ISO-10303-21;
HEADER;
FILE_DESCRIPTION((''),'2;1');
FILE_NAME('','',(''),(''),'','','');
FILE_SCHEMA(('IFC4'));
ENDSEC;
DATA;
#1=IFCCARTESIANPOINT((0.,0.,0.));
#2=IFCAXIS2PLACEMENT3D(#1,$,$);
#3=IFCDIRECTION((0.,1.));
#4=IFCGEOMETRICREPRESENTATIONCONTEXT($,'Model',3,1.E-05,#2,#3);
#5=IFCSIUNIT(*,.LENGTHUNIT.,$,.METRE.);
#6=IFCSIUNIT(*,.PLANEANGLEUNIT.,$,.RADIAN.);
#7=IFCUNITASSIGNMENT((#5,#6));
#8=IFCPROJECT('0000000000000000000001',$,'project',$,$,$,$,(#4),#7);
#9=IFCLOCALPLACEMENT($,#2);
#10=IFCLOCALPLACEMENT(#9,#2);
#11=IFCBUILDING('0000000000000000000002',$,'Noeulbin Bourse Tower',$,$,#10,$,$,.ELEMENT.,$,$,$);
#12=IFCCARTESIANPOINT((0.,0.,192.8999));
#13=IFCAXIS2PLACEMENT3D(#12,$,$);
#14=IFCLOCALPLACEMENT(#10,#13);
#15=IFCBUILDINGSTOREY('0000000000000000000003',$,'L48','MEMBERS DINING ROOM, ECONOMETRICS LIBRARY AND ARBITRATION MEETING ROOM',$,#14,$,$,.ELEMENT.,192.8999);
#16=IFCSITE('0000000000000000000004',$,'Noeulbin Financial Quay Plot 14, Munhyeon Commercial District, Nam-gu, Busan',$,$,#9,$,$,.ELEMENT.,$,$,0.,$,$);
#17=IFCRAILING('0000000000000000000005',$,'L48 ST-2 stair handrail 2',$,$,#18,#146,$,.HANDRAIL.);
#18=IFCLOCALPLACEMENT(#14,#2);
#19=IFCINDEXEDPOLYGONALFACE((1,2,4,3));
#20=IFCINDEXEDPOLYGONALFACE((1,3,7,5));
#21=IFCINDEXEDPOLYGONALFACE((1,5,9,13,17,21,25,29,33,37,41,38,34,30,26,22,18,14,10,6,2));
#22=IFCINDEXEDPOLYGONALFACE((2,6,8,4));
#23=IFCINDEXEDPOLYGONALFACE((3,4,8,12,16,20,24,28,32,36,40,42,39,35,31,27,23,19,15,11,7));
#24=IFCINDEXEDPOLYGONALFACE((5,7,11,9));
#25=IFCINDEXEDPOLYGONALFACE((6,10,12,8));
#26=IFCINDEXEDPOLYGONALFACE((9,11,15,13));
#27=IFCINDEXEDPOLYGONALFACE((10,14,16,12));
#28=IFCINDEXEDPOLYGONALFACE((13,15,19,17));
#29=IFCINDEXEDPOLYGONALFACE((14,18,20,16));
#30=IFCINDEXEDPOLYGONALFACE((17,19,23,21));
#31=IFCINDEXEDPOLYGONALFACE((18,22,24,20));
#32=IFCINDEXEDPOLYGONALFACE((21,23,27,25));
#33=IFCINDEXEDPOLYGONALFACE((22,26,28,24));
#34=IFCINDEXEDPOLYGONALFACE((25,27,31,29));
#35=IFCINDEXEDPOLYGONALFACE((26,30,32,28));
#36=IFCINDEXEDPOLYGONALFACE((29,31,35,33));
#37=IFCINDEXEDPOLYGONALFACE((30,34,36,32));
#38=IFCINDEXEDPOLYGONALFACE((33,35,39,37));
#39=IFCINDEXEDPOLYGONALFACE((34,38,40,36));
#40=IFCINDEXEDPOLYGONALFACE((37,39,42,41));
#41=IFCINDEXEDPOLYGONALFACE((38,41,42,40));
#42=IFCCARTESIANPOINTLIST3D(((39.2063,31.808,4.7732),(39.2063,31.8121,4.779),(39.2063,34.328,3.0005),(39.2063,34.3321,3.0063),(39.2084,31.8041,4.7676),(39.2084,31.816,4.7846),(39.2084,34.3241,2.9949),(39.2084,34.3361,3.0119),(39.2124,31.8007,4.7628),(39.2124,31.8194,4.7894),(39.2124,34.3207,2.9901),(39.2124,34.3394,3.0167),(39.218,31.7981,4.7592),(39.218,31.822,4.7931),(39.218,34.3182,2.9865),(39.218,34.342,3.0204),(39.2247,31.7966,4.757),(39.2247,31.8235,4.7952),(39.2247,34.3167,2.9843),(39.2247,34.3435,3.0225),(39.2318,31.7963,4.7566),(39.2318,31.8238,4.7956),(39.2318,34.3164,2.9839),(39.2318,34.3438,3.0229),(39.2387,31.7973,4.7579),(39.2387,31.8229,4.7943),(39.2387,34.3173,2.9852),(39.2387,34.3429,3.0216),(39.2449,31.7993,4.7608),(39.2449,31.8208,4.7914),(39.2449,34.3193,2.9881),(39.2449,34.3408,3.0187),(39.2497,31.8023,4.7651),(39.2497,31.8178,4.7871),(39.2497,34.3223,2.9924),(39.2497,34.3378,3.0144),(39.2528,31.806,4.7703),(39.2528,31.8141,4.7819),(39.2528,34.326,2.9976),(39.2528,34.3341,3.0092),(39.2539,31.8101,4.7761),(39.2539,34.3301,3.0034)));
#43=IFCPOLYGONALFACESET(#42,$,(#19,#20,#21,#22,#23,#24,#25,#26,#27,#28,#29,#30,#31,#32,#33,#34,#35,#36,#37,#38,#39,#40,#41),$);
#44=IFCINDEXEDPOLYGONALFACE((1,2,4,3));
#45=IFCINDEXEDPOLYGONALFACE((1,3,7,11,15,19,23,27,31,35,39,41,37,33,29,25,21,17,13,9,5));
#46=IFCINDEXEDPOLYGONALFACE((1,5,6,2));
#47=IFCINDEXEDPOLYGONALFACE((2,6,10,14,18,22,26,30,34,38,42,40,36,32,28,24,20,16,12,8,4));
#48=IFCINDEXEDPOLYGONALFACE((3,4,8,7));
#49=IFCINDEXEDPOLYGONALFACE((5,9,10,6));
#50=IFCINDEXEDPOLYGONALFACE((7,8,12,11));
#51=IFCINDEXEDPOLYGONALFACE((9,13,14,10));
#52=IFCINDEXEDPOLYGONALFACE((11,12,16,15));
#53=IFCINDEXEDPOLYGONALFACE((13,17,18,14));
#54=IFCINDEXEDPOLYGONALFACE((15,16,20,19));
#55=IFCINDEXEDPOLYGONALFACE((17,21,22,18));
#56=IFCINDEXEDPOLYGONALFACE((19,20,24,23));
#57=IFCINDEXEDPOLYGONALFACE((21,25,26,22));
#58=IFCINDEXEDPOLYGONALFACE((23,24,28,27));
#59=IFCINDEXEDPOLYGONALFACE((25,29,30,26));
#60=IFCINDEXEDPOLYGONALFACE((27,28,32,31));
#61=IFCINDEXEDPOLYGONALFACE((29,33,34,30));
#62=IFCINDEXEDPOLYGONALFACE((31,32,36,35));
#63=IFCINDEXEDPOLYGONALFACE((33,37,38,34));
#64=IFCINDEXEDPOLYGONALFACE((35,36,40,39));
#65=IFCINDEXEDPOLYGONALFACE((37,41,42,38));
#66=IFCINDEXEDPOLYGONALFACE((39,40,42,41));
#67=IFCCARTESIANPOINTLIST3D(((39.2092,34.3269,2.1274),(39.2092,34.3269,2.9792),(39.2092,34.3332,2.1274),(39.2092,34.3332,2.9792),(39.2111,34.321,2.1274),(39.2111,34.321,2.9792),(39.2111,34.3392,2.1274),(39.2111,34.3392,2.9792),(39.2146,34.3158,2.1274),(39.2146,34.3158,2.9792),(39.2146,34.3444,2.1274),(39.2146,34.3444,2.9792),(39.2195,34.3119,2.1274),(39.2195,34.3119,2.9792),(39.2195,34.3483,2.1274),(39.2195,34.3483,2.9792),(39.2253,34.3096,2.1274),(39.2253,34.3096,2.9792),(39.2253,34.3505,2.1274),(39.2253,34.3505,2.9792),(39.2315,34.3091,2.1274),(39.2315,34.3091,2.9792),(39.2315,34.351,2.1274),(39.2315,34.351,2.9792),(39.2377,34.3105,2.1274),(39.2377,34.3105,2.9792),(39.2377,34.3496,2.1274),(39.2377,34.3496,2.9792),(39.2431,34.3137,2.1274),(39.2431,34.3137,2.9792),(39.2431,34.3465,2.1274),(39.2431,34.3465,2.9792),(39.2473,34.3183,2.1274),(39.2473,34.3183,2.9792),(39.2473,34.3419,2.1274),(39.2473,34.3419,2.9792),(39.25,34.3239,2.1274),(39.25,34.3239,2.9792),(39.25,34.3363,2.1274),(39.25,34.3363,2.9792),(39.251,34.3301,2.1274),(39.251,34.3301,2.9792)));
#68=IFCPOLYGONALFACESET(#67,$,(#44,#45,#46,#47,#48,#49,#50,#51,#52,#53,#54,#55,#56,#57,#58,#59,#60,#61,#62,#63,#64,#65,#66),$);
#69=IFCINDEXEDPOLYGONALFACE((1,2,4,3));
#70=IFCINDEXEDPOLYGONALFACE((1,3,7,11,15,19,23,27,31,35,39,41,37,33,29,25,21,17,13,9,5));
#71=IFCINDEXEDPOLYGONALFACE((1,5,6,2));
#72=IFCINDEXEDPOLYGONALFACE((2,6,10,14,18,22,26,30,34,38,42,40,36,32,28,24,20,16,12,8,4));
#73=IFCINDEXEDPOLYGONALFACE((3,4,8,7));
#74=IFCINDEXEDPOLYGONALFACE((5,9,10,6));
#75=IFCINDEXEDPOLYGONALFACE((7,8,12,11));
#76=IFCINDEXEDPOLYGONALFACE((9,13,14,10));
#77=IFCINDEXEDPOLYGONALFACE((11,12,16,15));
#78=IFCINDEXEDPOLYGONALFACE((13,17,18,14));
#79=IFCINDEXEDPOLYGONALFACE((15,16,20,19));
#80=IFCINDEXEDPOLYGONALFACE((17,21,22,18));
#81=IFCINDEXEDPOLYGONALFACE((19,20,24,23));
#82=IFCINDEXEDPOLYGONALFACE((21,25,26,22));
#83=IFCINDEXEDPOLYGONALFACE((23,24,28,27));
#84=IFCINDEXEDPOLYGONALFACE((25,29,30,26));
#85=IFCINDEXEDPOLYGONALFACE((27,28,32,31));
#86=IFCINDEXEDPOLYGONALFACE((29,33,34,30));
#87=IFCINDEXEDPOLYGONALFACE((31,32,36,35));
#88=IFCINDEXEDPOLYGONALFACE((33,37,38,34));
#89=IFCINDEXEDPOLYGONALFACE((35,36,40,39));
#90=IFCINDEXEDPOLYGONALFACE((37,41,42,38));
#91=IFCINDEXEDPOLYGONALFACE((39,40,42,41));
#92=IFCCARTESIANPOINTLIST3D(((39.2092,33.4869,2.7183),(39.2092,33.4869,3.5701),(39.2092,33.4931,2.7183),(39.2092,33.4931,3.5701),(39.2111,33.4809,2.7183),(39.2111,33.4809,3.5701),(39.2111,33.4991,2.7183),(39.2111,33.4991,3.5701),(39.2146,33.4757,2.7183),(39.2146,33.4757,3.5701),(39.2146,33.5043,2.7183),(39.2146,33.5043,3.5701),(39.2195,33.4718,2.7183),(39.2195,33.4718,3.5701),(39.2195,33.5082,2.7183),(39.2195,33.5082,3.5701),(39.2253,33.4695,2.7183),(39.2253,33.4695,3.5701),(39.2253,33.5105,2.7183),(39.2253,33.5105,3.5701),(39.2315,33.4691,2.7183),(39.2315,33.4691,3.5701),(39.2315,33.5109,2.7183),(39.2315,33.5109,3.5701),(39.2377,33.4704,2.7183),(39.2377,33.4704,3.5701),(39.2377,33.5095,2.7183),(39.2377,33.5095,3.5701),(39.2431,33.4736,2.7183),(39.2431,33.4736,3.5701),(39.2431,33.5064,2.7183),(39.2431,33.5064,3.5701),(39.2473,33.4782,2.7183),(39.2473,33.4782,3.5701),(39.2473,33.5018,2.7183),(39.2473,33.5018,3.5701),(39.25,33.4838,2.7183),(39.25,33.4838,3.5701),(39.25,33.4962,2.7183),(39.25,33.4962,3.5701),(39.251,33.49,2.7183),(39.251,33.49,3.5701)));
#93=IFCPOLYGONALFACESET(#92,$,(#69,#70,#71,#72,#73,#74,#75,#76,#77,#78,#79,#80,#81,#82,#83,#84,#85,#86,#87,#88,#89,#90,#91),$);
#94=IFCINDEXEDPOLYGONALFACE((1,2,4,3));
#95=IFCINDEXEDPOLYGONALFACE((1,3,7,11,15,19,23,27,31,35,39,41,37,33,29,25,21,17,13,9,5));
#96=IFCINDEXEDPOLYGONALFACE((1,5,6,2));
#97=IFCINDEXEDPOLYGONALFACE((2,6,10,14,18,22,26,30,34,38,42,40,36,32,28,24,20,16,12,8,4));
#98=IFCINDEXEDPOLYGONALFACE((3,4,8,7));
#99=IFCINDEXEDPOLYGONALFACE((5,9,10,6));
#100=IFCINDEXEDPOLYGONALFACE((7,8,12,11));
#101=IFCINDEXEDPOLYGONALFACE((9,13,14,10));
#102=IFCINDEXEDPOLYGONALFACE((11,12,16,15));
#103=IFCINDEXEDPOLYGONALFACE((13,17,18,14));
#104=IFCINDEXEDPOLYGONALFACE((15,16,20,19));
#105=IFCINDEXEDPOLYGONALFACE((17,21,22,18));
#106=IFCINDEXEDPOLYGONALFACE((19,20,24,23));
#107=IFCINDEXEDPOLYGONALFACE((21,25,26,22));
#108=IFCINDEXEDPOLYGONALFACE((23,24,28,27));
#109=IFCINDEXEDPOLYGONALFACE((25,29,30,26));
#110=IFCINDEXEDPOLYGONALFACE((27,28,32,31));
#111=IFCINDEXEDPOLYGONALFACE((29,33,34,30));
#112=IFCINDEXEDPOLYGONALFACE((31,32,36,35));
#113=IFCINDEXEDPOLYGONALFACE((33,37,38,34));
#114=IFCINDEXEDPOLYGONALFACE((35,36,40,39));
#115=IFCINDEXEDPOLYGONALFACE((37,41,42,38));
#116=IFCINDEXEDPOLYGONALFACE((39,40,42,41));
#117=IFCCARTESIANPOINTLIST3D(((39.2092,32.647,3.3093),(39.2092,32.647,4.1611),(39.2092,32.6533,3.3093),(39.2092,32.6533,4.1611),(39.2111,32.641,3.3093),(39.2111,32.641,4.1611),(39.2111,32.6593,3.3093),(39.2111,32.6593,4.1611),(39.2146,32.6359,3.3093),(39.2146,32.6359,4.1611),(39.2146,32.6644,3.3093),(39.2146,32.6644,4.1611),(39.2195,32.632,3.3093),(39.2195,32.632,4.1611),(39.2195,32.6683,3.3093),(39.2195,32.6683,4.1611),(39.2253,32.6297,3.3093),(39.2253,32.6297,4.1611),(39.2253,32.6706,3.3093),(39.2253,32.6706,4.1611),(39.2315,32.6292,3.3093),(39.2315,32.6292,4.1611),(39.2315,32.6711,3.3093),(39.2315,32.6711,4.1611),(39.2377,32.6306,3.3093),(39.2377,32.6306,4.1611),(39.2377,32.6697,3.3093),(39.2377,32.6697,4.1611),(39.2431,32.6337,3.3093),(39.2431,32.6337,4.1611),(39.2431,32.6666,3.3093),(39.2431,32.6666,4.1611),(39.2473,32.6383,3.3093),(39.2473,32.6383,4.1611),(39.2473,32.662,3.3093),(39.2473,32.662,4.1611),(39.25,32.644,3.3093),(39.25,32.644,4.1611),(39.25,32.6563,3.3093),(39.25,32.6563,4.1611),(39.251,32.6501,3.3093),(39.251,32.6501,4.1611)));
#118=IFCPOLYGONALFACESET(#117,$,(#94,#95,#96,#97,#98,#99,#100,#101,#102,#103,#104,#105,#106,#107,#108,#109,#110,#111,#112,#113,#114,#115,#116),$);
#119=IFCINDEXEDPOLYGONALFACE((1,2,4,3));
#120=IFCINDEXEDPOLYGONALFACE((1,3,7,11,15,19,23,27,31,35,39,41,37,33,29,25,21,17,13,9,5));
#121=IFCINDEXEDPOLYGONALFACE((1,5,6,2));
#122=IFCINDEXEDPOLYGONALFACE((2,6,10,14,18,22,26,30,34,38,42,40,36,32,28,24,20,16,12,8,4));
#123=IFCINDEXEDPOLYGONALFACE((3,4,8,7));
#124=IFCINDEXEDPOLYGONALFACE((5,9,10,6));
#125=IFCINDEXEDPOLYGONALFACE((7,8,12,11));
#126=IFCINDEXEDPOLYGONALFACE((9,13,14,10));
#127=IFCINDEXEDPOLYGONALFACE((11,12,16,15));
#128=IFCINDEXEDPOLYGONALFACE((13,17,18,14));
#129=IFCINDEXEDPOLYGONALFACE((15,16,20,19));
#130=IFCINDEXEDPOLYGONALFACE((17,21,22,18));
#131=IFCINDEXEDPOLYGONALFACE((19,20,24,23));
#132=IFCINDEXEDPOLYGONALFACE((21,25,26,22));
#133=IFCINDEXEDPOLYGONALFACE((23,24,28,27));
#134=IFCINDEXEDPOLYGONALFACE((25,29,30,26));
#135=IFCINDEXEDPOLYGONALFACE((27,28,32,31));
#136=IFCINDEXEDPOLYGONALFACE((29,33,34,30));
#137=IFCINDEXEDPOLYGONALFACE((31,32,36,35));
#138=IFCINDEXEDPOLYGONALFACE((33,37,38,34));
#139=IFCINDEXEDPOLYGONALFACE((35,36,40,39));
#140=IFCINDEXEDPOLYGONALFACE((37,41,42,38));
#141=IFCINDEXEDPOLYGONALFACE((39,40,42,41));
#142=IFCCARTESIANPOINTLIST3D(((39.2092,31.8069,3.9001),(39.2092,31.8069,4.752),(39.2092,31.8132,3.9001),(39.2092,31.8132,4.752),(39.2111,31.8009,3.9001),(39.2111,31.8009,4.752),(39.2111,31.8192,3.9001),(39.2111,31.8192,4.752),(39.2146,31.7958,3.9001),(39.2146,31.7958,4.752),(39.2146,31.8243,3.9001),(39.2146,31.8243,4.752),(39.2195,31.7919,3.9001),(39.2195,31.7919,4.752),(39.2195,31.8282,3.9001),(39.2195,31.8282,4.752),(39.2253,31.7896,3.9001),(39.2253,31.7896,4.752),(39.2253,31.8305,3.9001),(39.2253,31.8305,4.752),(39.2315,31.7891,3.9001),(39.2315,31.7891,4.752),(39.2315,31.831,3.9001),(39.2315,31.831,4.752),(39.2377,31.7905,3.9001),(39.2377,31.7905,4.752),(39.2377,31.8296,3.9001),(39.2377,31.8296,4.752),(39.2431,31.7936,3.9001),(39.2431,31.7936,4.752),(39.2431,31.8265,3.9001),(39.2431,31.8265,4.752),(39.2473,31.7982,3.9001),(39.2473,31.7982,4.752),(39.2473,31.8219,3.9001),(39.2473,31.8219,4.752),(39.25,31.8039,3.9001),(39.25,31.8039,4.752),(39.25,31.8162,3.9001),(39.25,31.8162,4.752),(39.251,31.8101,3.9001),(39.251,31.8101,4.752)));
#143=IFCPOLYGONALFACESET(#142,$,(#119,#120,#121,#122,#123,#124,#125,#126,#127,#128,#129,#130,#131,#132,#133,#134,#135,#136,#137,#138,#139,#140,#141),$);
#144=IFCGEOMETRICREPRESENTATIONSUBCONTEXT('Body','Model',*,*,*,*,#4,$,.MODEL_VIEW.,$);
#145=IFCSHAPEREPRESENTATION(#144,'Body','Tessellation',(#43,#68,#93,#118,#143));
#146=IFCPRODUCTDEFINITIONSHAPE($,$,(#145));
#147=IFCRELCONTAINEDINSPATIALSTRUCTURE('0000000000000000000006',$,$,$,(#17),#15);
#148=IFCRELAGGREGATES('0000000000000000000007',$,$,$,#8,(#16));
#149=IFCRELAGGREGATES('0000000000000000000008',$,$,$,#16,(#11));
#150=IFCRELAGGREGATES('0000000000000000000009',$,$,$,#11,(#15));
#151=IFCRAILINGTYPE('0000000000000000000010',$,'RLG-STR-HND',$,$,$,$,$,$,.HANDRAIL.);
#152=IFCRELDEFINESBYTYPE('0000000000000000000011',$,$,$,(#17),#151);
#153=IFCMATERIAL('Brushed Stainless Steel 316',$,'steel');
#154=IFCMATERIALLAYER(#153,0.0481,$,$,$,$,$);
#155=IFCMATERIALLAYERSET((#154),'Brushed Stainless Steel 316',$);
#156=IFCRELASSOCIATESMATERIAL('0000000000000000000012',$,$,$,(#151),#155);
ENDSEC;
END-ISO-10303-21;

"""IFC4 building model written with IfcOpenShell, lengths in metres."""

from ifc_helpers import new_model, si_unit, direction, frame, origin, origin_2d, place, context, subcontext, project, spatial, circle, extrude, material, layer, layer_set, type_object, element, save


model = new_model("IFC4")

# Units and contexts
model_context = context("Model", 3, precision=1e-05, world=origin(), true_north=direction((0.0, 1.0)))
body_context = subcontext(model_context, "Body", "Model", "MODEL_VIEW")
ifc_project = project(units=[si_unit("LENGTHUNIT", "METRE"), si_unit("PLANEANGLEUNIT", "RADIAN")], contexts=[model_context])

# Site, building, storey
site_placement = place(None, origin())
site = spatial("IfcSite", under=ifc_project, at=site_placement, Name="Noeulbin Financial Quay Plot 14, Munhyeon Commercial District, Nam-gu, Busan", CompositionType="ELEMENT", RefElevation=0.0)
building_placement = place(site_placement, origin())
building = spatial("IfcBuilding", under=site, at=building_placement, Name="Noeulbin Bourse Tower", CompositionType="ELEMENT")
storey_placement = place(building_placement, frame((0.0, 0.0, 192.8999)))
storey = spatial("IfcBuildingStorey", under=building, at=storey_placement, Name="L48", Description="MEMBERS DINING ROOM, ECONOMETRICS LIBRARY AND ARBITRATION MEETING ROOM", CompositionType="ELEMENT", Elevation=192.8999)

# Shared definitions
ifc_material_1 = material(Name="Brushed Stainless Steel 316", Category="steel")

# Railing
ifc_layer_1 = layer(ifc_material_1, 0.0481)
ifc_layer_set_1 = layer_set([ifc_layer_1], Name="Brushed Stainless Steel 316")
railing_type_1 = type_object("IfcRailingType", Name="RLG-STR-HND", PredefinedType="HANDRAIL", material=ifc_layer_set_1)
railing_1_placement = place(storey_placement, frame((39.23, 34.3301, 2.1274)))
element("IfcRailing", 1, at=railing_1_placement, inside=storey, type_object=railing_type_1, Name="L48 ST-2 stair handrail 2", PredefinedType="HANDRAIL", context=body_context, shape_type="SweptSolid", body=[
    extrude(circle(Radius=0.0239, at=origin_2d()), frame((0.0, 0.0, 0.876), z_axis=(0.0, -0.817904, 0.575354), x_axis=(1.0, 0.0, 0.0)), (0.0, 0.0, 1.0), 3.0811),
    extrude(circle(Radius=0.021, at=origin_2d()), origin(), (0.0, 0.0, 1.0), 0.8518),
    extrude(circle(Radius=0.021, at=origin_2d()), frame((0.0, -0.8401, 0.5908)), (0.0, 0.0, 1.0), 0.8518),
    extrude(circle(Radius=0.021, at=origin_2d()), frame((0.0, -1.6799, 1.1819)), (0.0, 0.0, 1.0), 0.8518),
    extrude(circle(Radius=0.021, at=origin_2d()), frame((0.0, -2.52, 1.7727)), (0.0, 0.0, 1.0), 0.8518),
])

save(model, "model.ifc")
